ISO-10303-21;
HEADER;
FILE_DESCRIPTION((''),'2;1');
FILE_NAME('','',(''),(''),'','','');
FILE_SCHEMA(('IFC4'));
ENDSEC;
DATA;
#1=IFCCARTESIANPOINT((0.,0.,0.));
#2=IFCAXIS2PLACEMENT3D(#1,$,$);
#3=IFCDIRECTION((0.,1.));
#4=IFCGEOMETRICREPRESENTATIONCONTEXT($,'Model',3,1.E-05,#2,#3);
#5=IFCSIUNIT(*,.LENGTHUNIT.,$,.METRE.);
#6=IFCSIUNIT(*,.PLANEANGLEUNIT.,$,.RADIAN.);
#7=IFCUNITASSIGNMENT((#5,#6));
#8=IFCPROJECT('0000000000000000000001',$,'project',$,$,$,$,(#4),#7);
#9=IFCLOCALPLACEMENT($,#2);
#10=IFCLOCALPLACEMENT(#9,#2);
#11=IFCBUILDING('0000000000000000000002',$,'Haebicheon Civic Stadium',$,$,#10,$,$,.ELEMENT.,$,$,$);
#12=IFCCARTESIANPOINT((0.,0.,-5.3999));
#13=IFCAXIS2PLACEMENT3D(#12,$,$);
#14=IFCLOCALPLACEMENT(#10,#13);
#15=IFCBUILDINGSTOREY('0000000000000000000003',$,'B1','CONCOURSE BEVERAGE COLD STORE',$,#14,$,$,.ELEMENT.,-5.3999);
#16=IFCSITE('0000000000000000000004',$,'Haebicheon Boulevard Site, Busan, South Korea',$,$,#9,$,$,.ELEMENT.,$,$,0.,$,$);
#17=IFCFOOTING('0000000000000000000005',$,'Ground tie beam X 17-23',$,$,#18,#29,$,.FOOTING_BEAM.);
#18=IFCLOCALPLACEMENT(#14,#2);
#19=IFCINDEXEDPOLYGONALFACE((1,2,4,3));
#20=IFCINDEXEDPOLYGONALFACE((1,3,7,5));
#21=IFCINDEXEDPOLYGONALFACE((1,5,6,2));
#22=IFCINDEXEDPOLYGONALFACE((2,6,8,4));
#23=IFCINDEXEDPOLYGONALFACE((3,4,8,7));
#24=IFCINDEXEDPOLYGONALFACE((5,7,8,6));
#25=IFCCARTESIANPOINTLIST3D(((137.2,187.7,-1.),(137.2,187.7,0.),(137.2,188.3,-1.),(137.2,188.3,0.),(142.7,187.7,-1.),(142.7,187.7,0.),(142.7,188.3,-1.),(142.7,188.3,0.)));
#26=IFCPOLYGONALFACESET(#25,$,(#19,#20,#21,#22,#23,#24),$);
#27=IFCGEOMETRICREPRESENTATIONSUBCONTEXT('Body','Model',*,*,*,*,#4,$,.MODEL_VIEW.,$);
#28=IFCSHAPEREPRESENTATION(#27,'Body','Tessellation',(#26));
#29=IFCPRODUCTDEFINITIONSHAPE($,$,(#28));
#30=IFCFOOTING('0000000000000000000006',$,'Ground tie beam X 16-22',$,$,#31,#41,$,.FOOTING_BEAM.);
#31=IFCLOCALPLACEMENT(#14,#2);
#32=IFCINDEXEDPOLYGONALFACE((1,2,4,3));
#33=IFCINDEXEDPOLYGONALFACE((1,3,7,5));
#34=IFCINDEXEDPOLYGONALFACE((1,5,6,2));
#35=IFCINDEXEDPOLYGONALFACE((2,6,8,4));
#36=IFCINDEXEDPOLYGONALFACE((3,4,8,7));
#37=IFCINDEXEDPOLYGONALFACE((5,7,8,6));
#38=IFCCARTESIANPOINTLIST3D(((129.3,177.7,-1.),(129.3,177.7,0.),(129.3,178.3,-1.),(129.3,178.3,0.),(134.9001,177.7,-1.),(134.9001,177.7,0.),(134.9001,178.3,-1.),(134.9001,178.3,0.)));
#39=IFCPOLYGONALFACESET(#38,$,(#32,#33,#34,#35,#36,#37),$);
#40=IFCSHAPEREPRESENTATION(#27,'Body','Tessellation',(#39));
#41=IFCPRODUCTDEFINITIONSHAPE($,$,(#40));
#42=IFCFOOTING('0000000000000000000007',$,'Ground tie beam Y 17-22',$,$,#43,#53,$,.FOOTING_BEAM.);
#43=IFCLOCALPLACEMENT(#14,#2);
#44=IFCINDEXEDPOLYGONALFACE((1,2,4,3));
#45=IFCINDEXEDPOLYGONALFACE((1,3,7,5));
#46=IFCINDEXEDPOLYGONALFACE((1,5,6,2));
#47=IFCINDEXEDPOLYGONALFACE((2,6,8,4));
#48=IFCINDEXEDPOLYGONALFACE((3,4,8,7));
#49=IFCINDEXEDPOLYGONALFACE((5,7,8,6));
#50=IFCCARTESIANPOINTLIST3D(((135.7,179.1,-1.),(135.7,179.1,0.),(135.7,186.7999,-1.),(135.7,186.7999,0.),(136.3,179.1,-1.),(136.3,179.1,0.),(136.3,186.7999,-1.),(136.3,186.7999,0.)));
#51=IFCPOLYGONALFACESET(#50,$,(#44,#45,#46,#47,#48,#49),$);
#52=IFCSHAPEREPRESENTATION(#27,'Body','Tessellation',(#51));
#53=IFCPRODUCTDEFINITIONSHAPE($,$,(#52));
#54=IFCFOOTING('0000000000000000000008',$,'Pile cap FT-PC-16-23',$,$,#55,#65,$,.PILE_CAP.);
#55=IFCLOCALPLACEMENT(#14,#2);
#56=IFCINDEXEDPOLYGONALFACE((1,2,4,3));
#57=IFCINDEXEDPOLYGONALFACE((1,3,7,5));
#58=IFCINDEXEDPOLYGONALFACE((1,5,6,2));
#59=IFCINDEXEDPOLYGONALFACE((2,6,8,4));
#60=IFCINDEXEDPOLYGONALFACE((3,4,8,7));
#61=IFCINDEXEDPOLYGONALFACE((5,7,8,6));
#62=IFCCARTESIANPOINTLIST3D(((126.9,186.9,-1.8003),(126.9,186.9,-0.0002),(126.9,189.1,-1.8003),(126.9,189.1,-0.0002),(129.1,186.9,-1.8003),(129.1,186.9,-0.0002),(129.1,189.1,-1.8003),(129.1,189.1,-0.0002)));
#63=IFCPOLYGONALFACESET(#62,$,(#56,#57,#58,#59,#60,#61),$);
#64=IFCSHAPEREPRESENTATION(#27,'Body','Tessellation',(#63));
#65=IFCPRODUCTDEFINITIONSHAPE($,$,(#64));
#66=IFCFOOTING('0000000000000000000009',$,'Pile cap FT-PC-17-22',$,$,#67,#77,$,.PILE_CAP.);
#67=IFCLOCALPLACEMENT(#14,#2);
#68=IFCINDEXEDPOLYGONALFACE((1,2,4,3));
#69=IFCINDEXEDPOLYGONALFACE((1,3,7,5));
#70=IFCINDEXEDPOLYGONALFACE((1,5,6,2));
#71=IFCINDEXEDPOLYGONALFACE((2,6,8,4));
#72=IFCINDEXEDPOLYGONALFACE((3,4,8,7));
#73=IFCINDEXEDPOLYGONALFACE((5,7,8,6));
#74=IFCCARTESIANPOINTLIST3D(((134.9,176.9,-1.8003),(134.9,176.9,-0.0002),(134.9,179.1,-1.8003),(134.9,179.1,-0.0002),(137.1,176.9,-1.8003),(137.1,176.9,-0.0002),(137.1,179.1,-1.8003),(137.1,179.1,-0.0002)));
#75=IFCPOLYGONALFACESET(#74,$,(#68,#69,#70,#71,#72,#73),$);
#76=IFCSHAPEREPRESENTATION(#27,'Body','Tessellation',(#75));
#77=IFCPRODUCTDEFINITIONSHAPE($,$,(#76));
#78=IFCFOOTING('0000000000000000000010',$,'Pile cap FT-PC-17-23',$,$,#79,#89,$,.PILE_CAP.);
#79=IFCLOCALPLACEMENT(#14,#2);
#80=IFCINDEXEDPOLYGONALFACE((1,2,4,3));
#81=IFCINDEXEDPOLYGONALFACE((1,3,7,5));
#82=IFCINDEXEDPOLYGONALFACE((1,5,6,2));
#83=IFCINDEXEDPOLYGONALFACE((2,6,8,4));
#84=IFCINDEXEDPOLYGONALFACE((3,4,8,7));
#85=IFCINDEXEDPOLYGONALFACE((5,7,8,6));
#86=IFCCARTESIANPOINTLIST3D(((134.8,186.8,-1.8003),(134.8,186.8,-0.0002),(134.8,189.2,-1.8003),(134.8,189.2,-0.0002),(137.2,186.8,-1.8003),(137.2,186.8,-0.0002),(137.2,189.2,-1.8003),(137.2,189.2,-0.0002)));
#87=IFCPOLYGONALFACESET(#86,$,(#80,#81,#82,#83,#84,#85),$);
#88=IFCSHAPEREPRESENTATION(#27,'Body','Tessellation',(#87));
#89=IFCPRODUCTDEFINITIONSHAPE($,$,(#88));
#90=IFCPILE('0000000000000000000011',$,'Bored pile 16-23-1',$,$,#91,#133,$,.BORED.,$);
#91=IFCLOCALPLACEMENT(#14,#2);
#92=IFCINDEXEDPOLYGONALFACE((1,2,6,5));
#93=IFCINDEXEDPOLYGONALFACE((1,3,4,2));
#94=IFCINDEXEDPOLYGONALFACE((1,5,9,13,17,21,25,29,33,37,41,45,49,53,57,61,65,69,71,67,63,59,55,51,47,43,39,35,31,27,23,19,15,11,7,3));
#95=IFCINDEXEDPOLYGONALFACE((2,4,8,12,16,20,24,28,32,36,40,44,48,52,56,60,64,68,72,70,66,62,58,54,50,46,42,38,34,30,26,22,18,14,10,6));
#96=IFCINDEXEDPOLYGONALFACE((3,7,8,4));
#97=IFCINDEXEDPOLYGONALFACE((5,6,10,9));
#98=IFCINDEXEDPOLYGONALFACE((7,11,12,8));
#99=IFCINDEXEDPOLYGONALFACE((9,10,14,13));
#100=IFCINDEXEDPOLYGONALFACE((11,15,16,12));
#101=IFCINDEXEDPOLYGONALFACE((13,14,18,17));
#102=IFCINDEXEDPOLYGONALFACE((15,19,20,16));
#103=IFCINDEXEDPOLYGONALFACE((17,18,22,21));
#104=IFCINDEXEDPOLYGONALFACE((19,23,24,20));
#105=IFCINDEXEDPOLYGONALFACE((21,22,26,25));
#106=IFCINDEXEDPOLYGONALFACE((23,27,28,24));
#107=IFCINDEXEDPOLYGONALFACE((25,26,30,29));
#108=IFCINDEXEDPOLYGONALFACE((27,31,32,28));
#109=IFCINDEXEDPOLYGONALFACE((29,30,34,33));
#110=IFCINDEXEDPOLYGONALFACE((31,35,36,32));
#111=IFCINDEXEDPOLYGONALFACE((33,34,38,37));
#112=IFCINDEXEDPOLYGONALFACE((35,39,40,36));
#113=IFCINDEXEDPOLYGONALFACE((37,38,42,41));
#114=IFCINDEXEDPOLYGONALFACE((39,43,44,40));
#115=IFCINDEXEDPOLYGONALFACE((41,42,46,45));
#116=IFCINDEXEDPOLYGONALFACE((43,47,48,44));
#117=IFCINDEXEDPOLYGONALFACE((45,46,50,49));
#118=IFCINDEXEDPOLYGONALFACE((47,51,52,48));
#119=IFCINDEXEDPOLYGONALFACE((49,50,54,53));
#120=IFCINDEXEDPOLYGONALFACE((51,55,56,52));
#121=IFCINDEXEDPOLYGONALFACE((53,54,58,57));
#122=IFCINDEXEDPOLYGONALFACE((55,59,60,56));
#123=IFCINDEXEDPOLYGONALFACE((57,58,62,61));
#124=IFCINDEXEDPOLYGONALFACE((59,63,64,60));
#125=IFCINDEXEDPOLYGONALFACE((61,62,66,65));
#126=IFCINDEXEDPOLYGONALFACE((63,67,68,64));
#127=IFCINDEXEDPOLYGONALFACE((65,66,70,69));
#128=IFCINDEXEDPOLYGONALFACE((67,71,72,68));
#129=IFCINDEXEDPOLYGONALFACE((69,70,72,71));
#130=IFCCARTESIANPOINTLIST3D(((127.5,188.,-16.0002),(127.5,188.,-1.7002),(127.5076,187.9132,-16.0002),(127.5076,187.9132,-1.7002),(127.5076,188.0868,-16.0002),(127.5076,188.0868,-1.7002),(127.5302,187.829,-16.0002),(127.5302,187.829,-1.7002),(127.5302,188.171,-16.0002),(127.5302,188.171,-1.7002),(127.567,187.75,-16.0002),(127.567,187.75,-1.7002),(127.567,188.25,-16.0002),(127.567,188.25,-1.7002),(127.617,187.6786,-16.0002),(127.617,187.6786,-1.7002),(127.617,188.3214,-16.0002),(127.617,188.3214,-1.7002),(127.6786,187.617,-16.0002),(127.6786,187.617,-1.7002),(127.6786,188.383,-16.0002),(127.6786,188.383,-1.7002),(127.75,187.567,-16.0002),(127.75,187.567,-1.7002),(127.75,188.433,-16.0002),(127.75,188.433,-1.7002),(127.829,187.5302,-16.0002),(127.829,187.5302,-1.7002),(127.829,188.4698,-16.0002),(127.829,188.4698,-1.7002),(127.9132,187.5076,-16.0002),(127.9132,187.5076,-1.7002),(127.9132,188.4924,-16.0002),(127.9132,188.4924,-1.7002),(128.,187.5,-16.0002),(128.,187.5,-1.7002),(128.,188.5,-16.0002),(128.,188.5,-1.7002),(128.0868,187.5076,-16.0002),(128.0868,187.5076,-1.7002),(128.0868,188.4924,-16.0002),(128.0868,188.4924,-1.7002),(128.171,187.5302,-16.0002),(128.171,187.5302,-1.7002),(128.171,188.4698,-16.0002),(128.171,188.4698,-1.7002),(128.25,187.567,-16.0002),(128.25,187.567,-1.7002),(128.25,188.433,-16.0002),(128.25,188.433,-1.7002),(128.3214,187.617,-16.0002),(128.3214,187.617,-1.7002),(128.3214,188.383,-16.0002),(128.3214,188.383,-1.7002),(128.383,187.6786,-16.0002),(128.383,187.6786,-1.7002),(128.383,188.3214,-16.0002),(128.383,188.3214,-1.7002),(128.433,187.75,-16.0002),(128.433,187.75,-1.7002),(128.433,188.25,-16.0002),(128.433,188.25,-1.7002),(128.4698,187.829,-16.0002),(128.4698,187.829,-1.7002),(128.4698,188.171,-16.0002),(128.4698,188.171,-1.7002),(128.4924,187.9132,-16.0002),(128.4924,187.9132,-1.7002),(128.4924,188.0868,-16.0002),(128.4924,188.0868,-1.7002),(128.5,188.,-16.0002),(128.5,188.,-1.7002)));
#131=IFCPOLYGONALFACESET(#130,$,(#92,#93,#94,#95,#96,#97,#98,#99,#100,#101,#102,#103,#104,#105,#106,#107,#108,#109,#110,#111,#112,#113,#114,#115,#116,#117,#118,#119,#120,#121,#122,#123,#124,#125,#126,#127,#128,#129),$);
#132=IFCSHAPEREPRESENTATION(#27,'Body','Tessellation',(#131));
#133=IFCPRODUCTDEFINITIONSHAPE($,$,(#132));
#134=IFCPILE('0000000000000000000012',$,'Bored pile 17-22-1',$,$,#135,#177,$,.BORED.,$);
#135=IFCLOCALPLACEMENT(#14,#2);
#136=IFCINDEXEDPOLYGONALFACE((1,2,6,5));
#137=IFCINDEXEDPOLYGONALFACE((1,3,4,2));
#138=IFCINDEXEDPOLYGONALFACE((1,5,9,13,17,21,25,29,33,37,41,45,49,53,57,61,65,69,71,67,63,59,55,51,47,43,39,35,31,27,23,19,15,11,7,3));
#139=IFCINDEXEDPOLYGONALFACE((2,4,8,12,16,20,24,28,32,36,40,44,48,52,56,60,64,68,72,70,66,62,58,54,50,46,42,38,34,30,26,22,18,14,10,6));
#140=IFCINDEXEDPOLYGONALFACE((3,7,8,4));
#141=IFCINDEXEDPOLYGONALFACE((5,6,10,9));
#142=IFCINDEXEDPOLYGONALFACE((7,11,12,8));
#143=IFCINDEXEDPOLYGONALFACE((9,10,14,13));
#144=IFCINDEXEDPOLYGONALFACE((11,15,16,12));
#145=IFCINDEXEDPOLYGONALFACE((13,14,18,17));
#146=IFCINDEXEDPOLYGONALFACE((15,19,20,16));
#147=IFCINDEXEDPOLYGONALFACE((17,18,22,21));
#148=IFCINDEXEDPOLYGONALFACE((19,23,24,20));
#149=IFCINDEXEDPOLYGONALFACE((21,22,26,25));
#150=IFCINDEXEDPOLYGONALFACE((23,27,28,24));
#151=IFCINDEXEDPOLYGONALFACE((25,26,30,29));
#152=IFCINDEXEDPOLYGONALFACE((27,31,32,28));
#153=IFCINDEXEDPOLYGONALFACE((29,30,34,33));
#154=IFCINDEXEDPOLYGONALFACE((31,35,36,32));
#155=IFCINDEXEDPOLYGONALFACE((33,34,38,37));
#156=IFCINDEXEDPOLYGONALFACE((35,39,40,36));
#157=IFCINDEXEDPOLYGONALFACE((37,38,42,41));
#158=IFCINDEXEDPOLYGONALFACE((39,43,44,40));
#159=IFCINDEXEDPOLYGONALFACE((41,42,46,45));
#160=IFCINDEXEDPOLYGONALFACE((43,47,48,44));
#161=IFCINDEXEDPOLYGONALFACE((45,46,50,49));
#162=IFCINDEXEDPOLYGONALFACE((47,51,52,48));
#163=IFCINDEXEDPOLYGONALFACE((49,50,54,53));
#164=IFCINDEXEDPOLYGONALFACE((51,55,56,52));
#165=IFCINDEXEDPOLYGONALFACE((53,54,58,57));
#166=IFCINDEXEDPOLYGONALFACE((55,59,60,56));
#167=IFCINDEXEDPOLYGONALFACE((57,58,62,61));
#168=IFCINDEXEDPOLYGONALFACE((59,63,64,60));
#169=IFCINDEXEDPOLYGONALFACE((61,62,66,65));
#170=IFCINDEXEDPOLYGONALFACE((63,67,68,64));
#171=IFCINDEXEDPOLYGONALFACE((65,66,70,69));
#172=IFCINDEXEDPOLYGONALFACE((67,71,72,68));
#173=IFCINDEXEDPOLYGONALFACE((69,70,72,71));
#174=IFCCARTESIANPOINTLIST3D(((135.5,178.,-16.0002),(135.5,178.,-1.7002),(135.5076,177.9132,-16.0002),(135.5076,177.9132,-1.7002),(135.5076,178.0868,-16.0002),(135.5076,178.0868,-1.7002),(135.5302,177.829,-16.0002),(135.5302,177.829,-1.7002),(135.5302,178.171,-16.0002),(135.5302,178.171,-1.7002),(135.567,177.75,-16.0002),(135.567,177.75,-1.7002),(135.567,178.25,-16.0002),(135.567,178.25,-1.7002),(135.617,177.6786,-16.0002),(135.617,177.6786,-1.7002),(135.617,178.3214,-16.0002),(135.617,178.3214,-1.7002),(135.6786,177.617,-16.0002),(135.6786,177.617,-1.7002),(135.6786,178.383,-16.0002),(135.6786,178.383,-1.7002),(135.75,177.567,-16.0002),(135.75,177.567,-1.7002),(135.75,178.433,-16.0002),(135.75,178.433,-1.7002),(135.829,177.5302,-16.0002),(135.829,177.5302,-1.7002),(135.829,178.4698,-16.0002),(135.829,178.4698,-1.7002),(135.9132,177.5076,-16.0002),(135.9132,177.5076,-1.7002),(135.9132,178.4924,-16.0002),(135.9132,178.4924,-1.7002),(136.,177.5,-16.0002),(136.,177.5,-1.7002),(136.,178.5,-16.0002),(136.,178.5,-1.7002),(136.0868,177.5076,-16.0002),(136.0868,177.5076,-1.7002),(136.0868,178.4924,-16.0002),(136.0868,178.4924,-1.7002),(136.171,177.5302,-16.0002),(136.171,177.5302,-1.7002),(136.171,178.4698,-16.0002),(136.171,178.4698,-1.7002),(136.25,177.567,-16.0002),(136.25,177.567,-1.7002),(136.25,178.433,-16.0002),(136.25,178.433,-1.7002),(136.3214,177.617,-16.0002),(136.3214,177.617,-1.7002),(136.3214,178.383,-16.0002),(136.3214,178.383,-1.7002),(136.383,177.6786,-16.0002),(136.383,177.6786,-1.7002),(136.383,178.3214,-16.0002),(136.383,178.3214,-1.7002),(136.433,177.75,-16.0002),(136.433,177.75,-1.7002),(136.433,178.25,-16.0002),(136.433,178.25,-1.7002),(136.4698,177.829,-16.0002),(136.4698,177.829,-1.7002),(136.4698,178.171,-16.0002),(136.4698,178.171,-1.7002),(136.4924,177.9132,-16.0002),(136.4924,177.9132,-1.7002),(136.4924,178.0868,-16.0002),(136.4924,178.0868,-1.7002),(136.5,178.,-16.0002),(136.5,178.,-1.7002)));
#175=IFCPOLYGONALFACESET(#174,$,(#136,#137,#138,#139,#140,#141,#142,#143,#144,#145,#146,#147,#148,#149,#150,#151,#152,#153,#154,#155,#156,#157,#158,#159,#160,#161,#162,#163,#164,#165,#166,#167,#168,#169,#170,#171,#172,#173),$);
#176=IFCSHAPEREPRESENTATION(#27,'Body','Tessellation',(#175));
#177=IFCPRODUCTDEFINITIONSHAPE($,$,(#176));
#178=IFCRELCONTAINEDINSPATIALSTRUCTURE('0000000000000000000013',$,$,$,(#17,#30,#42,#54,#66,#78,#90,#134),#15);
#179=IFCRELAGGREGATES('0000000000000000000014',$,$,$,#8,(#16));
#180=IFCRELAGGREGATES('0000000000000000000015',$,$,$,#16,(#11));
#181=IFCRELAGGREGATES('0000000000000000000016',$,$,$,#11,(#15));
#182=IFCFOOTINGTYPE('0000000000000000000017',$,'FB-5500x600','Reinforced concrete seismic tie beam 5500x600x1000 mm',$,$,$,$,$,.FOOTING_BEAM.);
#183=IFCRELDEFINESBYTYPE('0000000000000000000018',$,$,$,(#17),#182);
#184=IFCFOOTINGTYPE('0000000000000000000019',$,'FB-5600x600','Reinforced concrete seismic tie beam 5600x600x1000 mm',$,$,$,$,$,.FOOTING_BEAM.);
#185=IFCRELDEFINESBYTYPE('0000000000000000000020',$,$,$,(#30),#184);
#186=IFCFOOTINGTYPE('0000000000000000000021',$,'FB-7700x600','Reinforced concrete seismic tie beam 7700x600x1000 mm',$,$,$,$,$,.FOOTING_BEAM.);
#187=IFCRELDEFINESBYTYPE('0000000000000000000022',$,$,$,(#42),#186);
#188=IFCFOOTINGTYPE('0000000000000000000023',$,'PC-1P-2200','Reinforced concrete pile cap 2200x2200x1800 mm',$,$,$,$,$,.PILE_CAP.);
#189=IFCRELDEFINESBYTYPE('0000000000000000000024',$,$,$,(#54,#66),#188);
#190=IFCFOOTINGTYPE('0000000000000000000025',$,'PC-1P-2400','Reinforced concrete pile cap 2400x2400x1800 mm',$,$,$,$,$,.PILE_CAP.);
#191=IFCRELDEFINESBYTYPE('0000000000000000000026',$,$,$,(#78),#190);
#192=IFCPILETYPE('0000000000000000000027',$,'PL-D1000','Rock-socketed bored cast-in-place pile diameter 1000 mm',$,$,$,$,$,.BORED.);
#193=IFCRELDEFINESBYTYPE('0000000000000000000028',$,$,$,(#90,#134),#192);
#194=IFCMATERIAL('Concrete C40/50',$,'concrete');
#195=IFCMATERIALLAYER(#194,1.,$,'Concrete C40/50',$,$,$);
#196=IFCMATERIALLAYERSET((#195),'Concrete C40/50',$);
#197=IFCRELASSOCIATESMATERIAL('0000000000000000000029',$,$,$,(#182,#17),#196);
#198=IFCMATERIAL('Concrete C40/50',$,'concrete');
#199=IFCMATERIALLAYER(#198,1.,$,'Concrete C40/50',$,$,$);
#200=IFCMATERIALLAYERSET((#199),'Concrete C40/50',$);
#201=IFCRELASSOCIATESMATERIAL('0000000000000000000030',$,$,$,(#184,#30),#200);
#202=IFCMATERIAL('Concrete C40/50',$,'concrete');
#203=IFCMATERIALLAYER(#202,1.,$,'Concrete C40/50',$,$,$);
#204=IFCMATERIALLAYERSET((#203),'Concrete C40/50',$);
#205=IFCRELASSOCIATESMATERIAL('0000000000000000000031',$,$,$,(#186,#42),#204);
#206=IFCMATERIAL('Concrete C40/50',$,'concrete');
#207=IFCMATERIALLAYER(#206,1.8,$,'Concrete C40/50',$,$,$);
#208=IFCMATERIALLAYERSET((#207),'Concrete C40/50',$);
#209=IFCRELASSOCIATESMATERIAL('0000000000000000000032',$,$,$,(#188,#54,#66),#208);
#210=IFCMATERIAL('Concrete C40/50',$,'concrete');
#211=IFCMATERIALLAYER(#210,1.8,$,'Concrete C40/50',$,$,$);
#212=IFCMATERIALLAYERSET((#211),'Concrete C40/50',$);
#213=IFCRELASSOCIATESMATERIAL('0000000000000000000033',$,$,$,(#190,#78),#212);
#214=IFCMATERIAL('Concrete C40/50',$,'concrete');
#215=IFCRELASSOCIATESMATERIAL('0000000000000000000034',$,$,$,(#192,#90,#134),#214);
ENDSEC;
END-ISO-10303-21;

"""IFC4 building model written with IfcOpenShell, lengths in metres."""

from ifc_helpers import new_model, si_unit, direction, frame, origin, origin_2d, place, context, subcontext, project, spatial, rectangle, circle, extrude, material, layer, layer_set, material_profile, profile_set, type_object, element, save


model = new_model("IFC4")

# Units and contexts
model_context = context("Model", 3, precision=1e-05, world=origin(), true_north=direction((0.0, 1.0)))
body_context = subcontext(model_context, "Body", "Model", "MODEL_VIEW")
ifc_project = project(units=[si_unit("LENGTHUNIT", "METRE"), si_unit("PLANEANGLEUNIT", "RADIAN")], contexts=[model_context])

# Site, building, storey
site_placement = place(None, origin())
site = spatial("IfcSite", under=ifc_project, at=site_placement, Name="Haebicheon Boulevard Site, Busan, South Korea", CompositionType="ELEMENT", RefElevation=0.0)
building_placement = place(site_placement, origin())
building = spatial("IfcBuilding", under=site, at=building_placement, Name="Haebicheon Civic Stadium", CompositionType="ELEMENT")
storey_placement = place(building_placement, frame((0.0, 0.0, -5.3999)))
storey = spatial("IfcBuildingStorey", under=building, at=storey_placement, Name="B1", Description="CONCOURSE BEVERAGE COLD STORE", CompositionType="ELEMENT", Elevation=-5.3999)

# Footings
ifc_material_1 = material(Name="Concrete C40/50", Category="concrete")
ifc_layer_1 = layer(ifc_material_1, 1.0, Name="Concrete C40/50")
ifc_layer_set_1 = layer_set([ifc_layer_1], Name="Concrete C40/50")
footing_type_1 = type_object("IfcFootingType", Name="FB-5500x600", Description="Reinforced concrete seismic tie beam 5500x600x1000 mm", PredefinedType="FOOTING_BEAM", material=ifc_layer_set_1)
footing_1_placement = place(storey_placement, frame((139.95, 188.0, -1.0), z_axis=(0.0, 0.0, 1.0), x_axis=(1.0, 0.0, 0.0)))
element("IfcFooting", 1, at=footing_1_placement, inside=storey, type_object=footing_type_1, material=ifc_layer_set_1, Name="Ground tie beam X 17-23", PredefinedType="FOOTING_BEAM", context=body_context, shape_type="SweptSolid", body=[
    extrude(rectangle(XDim=5.5, YDim=0.6001, at=origin_2d()), origin(), (0.0, 0.0, 1.0), 1.0),
])
ifc_material_2 = material(Name="Concrete C40/50", Category="concrete")
ifc_layer_2 = layer(ifc_material_2, 1.0, Name="Concrete C40/50")
ifc_layer_set_2 = layer_set([ifc_layer_2], Name="Concrete C40/50")
footing_type_2 = type_object("IfcFootingType", Name="FB-5600x600", Description="Reinforced concrete seismic tie beam 5600x600x1000 mm", PredefinedType="FOOTING_BEAM", material=ifc_layer_set_2)
footing_2_placement = place(storey_placement, frame((132.1001, 178.0, -1.0), z_axis=(0.0, 0.0, 1.0), x_axis=(1.0, 0.0, 0.0)))
element("IfcFooting", 2, at=footing_2_placement, inside=storey, type_object=footing_type_2, material=ifc_layer_set_2, Name="Ground tie beam X 16-22", PredefinedType="FOOTING_BEAM", context=body_context, shape_type="SweptSolid", body=[
    extrude(rectangle(XDim=5.6001, YDim=0.6001, at=origin_2d()), origin(), (0.0, 0.0, 1.0), 1.0),
])
ifc_material_3 = material(Name="Concrete C40/50", Category="concrete")
ifc_layer_3 = layer(ifc_material_3, 1.0, Name="Concrete C40/50")
ifc_layer_set_3 = layer_set([ifc_layer_3], Name="Concrete C40/50")
footing_type_3 = type_object("IfcFootingType", Name="FB-7700x600", Description="Reinforced concrete seismic tie beam 7700x600x1000 mm", PredefinedType="FOOTING_BEAM", material=ifc_layer_set_3)
footing_3_placement = place(storey_placement, frame((136.0, 182.95, -1.0), z_axis=(0.0, 0.0, 1.0), x_axis=(0.0, 1.0, 0.0)))
element("IfcFooting", 3, at=footing_3_placement, inside=storey, type_object=footing_type_3, material=ifc_layer_set_3, Name="Ground tie beam Y 17-22", PredefinedType="FOOTING_BEAM", context=body_context, shape_type="SweptSolid", body=[
    extrude(rectangle(XDim=7.7, YDim=0.6001, at=origin_2d()), origin(), (0.0, 0.0, 1.0), 1.0),
])
ifc_material_4 = material(Name="Concrete C40/50", Category="concrete")
ifc_layer_4 = layer(ifc_material_4, 1.8, Name="Concrete C40/50")
ifc_layer_set_4 = layer_set([ifc_layer_4], Name="Concrete C40/50")
footing_type_4 = type_object("IfcFootingType", Name="PC-1P-2200", Description="Reinforced concrete pile cap 2200x2200x1800 mm", PredefinedType="PILE_CAP", material=ifc_layer_set_4)
for number, where, z_axis, x_axis, name in (
    (4, (128.0, 188.0, -1.8003), (0.0, 0.0, 1.0), (1.0, 0.0, 0.0), "Pile cap FT-PC-16-23"),
    (5, (136.0, 178.0, -1.8003), (0.0, 0.0, 1.0), (1.0, 0.0, 0.0), "Pile cap FT-PC-17-22"),
):
    element("IfcFooting", number, at=place(storey_placement, frame(where, z_axis=z_axis, x_axis=x_axis)), inside=storey, type_object=footing_type_4, material=ifc_layer_set_4, Name=name, PredefinedType="PILE_CAP", context=body_context, shape_type="SweptSolid", body=[
        extrude(rectangle(XDim=2.2, YDim=2.2, at=origin_2d()), origin(), (0.0, 0.0, 1.0), 1.8),
    ])
ifc_material_5 = material(Name="Concrete C40/50", Category="concrete")
ifc_layer_5 = layer(ifc_material_5, 1.8, Name="Concrete C40/50")
ifc_layer_set_5 = layer_set([ifc_layer_5], Name="Concrete C40/50")
footing_type_5 = type_object("IfcFootingType", Name="PC-1P-2400", Description="Reinforced concrete pile cap 2400x2400x1800 mm", PredefinedType="PILE_CAP", material=ifc_layer_set_5)
footing_4_placement = place(storey_placement, frame((136.0, 188.0, -1.8003), z_axis=(0.0, 0.0, 1.0), x_axis=(1.0, 0.0, 0.0)))
element("IfcFooting", 6, at=footing_4_placement, inside=storey, type_object=footing_type_5, material=ifc_layer_set_5, Name="Pile cap FT-PC-17-23", PredefinedType="PILE_CAP", context=body_context, shape_type="SweptSolid", body=[
    extrude(rectangle(XDim=2.3999, YDim=2.3999, at=origin_2d()), origin(), (0.0, 0.0, 1.0), 1.8),
])

# Piles
ifc_material_6 = material(Name="Concrete C40/50", Category="concrete")
ifc_material_profile_1 = material_profile(ifc_material_6, circle(Radius=0.5, at=origin_2d()), Name="PILE-D1000")
ifc_profile_set_1 = profile_set([ifc_material_profile_1], Name="Concrete C40/50")
pile_type_1 = type_object("IfcPileType", Name="PL-D1000", Description="Rock-socketed bored cast-in-place pile diameter 1000 mm", PredefinedType="BORED", material=ifc_profile_set_1)
for number, where, z_axis, x_axis, name in (
    (7, (128.0, 188.0, -1.7002), (0.0, 0.0, -1.0), (1.0, 0.0, 0.0), "Bored pile 16-23-1"),
    (8, (136.0, 178.0, -1.7002), (0.0, 0.0, -1.0), (1.0, 0.0, 0.0), "Bored pile 17-22-1"),
):
    element("IfcPile", number, at=place(storey_placement, frame(where, z_axis=z_axis, x_axis=x_axis)), inside=storey, type_object=pile_type_1, material=ifc_profile_set_1, Name=name, PredefinedType="BORED", context=body_context, shape_type="SweptSolid", body=[
        extrude(circle(Radius=0.5, at=origin_2d()), origin(), (0.0, 0.0, 1.0), 14.3),
    ])

save(model, "model.ifc")
